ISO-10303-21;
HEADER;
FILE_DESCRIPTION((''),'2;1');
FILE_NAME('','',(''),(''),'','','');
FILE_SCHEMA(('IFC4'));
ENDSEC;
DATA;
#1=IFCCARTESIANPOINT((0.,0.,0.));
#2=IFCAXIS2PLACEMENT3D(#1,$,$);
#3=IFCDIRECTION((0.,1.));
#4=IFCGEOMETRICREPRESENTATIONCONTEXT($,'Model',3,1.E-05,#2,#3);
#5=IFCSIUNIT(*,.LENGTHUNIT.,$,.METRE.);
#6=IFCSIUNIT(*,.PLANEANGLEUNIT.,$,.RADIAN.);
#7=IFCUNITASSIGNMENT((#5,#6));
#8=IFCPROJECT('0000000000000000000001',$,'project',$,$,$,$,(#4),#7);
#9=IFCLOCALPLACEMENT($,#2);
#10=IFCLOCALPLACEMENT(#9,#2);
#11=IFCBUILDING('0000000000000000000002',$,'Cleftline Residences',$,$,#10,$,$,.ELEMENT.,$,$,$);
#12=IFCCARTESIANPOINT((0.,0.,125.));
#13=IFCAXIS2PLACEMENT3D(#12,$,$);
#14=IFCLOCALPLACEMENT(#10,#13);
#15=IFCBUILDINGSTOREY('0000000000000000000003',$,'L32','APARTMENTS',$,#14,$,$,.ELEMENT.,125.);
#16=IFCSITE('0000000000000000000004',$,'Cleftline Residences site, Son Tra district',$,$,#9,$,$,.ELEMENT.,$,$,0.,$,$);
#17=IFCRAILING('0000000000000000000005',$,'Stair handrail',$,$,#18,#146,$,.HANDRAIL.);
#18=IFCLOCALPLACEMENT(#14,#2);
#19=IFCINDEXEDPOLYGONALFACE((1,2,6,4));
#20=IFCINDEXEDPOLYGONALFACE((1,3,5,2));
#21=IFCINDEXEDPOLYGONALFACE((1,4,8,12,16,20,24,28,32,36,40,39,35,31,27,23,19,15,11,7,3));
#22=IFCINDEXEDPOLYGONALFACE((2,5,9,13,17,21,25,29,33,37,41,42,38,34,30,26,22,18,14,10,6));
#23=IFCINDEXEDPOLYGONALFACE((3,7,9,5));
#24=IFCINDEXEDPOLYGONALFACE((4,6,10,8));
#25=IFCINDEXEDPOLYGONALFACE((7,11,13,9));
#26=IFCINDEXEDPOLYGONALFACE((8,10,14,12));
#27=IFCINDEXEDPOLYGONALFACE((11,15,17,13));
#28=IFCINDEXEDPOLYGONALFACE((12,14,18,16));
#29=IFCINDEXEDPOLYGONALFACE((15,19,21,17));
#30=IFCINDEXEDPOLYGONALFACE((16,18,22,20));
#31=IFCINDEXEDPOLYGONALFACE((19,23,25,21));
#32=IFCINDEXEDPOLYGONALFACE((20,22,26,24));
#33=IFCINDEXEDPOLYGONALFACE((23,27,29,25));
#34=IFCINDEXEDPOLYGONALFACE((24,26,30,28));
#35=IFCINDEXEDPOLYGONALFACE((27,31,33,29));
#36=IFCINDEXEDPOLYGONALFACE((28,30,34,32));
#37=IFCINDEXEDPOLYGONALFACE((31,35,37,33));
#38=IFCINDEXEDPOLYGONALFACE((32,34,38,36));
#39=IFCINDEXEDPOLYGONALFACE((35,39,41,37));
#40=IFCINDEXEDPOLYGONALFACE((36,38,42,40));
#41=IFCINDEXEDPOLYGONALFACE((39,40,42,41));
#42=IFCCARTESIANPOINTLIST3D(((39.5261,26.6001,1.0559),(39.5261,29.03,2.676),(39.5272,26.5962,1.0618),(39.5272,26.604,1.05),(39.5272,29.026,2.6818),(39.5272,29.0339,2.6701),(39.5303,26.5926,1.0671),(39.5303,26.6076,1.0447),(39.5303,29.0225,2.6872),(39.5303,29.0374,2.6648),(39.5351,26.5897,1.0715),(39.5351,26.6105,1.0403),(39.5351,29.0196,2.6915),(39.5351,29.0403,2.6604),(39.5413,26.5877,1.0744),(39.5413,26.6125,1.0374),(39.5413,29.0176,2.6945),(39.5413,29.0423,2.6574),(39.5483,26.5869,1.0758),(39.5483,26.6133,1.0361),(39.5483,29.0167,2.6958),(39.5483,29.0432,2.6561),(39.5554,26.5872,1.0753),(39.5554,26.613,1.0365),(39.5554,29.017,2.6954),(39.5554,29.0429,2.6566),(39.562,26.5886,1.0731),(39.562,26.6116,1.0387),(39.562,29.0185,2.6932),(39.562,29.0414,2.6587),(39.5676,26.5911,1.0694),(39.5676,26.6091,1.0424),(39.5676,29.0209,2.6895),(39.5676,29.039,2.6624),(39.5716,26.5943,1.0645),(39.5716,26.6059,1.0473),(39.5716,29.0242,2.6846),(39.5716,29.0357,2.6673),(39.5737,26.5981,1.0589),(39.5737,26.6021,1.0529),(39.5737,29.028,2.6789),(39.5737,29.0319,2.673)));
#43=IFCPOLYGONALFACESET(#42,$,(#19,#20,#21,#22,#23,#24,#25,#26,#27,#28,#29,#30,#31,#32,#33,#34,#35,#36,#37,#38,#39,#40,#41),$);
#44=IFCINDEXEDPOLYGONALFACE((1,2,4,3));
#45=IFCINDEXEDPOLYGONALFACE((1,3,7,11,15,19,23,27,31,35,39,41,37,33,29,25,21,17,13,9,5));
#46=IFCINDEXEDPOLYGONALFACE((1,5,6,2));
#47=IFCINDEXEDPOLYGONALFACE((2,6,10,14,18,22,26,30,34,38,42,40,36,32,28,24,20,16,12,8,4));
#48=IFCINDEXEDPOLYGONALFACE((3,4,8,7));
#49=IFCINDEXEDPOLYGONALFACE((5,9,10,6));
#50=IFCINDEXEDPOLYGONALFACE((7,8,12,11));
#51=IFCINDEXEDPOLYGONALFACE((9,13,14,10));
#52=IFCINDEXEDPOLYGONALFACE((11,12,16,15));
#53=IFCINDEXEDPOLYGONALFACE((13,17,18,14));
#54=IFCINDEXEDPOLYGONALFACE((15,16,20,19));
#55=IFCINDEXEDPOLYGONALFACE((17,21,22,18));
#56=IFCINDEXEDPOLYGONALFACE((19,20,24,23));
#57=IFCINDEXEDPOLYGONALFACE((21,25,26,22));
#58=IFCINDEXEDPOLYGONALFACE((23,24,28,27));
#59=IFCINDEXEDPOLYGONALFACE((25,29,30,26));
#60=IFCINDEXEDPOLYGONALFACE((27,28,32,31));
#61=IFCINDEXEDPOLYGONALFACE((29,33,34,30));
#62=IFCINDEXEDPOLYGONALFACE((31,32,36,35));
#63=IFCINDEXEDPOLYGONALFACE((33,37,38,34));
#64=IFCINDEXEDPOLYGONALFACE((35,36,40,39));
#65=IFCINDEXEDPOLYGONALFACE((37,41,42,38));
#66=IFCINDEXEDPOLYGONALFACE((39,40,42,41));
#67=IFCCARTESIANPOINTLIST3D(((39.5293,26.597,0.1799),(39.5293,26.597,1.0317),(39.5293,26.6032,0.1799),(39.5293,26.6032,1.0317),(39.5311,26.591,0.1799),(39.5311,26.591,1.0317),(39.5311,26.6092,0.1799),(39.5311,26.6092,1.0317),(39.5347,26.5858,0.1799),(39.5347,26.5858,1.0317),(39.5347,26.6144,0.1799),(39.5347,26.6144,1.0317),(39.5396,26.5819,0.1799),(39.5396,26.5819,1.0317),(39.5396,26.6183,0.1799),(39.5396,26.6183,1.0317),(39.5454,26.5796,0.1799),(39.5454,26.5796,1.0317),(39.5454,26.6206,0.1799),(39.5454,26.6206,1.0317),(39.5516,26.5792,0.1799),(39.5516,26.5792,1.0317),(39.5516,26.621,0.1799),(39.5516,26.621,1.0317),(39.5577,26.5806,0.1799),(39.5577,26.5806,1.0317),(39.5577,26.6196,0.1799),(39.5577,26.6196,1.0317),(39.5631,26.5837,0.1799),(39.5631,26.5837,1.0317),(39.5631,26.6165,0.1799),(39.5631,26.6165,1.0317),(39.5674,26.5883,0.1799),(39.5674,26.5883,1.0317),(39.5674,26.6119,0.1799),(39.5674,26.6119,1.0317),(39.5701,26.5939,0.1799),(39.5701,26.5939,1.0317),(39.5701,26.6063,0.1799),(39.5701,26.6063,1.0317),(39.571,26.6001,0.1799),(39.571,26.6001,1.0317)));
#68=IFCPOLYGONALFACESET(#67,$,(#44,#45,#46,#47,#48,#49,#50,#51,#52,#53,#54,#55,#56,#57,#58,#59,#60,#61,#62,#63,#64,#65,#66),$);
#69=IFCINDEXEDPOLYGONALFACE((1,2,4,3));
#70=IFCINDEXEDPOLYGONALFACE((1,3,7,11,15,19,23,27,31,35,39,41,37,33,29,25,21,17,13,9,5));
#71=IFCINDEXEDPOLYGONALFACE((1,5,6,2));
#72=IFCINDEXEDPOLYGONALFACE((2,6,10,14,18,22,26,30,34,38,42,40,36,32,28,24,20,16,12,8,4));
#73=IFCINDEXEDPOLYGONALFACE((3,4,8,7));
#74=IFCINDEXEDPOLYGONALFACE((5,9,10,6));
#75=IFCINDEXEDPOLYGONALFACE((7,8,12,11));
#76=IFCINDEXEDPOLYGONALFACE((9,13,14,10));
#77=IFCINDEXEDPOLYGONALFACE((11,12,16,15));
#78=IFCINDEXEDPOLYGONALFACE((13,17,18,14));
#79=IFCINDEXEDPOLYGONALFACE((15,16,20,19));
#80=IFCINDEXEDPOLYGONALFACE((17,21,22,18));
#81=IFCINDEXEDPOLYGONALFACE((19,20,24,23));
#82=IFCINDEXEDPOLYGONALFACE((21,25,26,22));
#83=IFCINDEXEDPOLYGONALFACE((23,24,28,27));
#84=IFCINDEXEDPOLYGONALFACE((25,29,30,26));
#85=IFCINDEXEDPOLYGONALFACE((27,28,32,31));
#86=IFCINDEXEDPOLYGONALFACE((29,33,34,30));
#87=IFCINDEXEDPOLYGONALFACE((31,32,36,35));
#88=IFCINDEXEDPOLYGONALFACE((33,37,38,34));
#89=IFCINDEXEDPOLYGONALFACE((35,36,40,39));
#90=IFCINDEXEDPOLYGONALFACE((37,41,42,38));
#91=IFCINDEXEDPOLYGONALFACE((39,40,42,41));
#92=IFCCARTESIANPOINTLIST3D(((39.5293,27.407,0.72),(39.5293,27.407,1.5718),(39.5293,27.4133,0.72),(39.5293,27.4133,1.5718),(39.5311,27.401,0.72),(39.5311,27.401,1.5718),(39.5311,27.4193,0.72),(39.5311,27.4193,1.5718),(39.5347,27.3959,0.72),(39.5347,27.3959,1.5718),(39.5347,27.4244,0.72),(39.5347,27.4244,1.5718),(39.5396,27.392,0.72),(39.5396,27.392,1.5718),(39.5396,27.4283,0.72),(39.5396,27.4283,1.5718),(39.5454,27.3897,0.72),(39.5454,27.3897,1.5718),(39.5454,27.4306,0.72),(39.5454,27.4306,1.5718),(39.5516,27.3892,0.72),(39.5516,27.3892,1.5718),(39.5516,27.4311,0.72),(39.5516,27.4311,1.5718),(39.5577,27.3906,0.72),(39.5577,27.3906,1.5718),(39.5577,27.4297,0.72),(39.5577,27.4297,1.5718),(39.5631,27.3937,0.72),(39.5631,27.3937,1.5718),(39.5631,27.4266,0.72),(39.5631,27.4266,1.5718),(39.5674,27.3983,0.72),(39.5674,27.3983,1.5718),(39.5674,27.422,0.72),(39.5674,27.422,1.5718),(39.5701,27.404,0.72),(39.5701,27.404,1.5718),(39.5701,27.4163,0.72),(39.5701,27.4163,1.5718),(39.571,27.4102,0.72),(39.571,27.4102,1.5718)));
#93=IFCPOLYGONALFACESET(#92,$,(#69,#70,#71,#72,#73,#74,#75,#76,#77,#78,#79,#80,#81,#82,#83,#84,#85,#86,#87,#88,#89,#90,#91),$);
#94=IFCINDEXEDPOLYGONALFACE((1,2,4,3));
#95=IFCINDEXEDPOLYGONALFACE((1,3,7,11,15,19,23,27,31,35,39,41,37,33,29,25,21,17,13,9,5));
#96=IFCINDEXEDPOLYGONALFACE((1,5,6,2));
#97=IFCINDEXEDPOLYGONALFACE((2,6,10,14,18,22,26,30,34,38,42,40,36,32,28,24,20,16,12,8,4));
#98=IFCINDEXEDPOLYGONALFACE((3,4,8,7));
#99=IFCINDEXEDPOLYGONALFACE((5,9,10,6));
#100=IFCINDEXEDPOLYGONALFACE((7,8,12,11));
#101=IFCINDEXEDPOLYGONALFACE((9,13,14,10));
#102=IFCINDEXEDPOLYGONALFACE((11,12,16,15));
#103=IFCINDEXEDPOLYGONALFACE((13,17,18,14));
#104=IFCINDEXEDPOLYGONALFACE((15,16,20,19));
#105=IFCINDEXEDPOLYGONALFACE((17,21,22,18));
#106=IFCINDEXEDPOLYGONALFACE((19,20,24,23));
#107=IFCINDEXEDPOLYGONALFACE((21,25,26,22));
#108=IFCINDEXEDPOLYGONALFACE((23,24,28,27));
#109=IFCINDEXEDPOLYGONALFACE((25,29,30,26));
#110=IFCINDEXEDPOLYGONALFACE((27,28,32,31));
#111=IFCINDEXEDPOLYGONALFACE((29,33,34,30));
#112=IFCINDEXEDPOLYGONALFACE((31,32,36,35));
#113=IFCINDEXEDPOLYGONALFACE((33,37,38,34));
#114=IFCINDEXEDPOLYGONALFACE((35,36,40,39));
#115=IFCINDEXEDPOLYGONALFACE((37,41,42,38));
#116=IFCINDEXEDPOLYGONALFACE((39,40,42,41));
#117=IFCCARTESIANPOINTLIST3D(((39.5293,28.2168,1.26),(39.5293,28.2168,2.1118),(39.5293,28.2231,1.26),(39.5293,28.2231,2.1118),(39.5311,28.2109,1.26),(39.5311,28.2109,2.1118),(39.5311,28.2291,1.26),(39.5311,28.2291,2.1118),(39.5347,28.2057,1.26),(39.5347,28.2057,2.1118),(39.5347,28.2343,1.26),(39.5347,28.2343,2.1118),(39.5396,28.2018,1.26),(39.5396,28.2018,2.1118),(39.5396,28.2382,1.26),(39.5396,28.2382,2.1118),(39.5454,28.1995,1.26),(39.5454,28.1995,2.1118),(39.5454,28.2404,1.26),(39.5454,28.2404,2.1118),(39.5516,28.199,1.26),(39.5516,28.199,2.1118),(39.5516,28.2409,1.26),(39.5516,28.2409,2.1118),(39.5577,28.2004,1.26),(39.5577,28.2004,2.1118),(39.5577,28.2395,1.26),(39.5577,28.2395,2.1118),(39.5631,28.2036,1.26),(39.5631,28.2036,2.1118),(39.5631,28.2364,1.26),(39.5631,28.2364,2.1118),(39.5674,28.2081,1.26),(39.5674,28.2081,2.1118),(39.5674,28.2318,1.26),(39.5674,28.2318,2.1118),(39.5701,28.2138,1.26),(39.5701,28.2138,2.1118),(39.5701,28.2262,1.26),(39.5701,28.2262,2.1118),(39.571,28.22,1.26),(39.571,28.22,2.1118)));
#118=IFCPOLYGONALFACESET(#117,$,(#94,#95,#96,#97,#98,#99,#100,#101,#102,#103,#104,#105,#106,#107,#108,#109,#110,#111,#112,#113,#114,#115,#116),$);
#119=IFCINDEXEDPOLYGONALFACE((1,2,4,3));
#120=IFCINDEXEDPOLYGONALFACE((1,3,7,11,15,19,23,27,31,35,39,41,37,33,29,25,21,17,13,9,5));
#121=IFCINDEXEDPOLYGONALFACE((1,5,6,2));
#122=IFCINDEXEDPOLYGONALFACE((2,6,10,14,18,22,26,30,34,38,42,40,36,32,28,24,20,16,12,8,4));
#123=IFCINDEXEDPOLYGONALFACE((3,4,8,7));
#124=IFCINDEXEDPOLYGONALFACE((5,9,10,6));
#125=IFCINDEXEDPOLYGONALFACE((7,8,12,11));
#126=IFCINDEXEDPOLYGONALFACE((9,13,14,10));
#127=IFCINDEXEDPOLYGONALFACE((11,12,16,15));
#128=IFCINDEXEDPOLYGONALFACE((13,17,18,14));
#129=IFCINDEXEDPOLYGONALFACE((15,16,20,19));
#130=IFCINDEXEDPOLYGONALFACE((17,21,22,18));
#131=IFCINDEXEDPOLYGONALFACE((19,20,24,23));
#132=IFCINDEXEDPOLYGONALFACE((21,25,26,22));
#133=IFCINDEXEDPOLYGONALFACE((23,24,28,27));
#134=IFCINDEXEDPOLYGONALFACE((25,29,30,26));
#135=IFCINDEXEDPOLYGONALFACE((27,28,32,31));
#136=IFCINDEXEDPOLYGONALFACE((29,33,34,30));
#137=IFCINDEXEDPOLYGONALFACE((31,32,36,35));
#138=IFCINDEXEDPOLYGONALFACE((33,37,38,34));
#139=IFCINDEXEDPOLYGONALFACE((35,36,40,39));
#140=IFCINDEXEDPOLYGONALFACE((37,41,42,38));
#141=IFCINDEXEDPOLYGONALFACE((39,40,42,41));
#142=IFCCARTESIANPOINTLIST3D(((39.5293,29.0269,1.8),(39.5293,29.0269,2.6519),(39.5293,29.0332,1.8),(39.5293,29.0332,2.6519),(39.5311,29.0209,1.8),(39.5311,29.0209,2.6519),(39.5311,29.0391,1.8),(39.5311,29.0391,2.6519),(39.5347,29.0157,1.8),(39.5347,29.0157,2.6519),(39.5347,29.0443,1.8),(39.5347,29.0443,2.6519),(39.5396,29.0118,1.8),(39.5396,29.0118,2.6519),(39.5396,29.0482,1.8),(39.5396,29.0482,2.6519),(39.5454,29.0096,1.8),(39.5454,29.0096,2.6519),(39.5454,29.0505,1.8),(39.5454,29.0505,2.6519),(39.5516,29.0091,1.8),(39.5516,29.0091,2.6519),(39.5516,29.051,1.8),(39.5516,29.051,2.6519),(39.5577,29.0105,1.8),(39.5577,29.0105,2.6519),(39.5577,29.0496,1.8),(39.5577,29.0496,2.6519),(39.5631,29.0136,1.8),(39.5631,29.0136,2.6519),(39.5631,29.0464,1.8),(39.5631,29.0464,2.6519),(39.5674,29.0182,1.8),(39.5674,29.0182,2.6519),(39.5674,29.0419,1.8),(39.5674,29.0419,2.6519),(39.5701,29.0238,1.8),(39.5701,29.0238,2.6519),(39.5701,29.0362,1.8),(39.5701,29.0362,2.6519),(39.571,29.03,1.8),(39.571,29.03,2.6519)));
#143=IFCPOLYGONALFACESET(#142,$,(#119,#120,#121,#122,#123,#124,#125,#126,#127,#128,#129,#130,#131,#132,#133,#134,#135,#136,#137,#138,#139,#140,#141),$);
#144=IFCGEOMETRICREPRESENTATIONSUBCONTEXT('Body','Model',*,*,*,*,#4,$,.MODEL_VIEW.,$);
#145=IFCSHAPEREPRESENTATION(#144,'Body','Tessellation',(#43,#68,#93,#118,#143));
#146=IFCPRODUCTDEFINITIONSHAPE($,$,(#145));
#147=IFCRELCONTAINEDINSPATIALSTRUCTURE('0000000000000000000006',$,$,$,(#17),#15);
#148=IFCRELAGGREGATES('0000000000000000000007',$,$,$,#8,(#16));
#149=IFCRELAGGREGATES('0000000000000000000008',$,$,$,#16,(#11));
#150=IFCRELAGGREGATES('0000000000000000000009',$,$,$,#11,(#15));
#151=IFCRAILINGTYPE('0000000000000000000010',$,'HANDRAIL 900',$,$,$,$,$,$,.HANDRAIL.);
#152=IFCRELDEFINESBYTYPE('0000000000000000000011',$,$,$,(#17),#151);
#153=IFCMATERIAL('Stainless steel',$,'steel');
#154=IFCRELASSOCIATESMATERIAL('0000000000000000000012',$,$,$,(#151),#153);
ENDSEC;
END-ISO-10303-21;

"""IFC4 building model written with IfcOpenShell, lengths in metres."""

from ifc_helpers import new_model, si_unit, direction, frame, origin, origin_2d, place, context, subcontext, project, spatial, circle, extrude, material, type_object, element, save


model = new_model("IFC4")

# Units and contexts
model_context = context("Model", 3, precision=1e-05, world=origin(), true_north=direction((0.0, 1.0)))
body_context = subcontext(model_context, "Body", "Model", "MODEL_VIEW")
ifc_project = project(units=[si_unit("LENGTHUNIT", "METRE"), si_unit("PLANEANGLEUNIT", "RADIAN")], contexts=[model_context])

# Site, building, storey
site_placement = place(None, origin())
site = spatial("IfcSite", under=ifc_project, at=site_placement, Name="Cleftline Residences site, Son Tra district", CompositionType="ELEMENT", RefElevation=0.0)
building_placement = place(site_placement, origin())
building = spatial("IfcBuilding", under=site, at=building_placement, Name="Cleftline Residences", CompositionType="ELEMENT")
storey_placement = place(building_placement, frame((0.0, 0.0, 125.0)))
storey = spatial("IfcBuildingStorey", under=building, at=storey_placement, Name="L32", Description="APARTMENTS", CompositionType="ELEMENT", Elevation=125.0)

# Railing
ifc_material_1 = material(Name="Stainless steel", Category="steel")
railing_type = type_object("IfcRailingType", Name="HANDRAIL 900", PredefinedType="HANDRAIL", material=ifc_material_1)
railing_1_placement = place(storey_placement, frame((39.55, 26.6001, 0.1799)))
element("IfcRailing", 1, at=railing_1_placement, inside=storey, type_object=railing_type, Name="Stair handrail", PredefinedType="HANDRAIL", context=body_context, shape_type="SweptSolid", body=[
    extrude(circle(Radius=0.0239, at=origin_2d()), frame((0.0, 0.0, 0.876), z_axis=(0.0, 0.832025, 0.554739), x_axis=(-1.0, 0.0, 0.0)), (0.0, 0.0, 1.0), 2.9204),
    extrude(circle(Radius=0.021, at=origin_2d()), origin(), (0.0, 0.0, 1.0), 0.8518),
    extrude(circle(Radius=0.021, at=origin_2d()), frame((0.0, 0.8101, 0.54)), (0.0, 0.0, 1.0), 0.8518),
    extrude(circle(Radius=0.021, at=origin_2d()), frame((0.0, 1.6199, 1.0801)), (0.0, 0.0, 1.0), 0.8518),
    extrude(circle(Radius=0.021, at=origin_2d()), frame((0.0, 2.4299, 1.6201)), (0.0, 0.0, 1.0), 0.8518),
])

save(model, "model.ifc")
